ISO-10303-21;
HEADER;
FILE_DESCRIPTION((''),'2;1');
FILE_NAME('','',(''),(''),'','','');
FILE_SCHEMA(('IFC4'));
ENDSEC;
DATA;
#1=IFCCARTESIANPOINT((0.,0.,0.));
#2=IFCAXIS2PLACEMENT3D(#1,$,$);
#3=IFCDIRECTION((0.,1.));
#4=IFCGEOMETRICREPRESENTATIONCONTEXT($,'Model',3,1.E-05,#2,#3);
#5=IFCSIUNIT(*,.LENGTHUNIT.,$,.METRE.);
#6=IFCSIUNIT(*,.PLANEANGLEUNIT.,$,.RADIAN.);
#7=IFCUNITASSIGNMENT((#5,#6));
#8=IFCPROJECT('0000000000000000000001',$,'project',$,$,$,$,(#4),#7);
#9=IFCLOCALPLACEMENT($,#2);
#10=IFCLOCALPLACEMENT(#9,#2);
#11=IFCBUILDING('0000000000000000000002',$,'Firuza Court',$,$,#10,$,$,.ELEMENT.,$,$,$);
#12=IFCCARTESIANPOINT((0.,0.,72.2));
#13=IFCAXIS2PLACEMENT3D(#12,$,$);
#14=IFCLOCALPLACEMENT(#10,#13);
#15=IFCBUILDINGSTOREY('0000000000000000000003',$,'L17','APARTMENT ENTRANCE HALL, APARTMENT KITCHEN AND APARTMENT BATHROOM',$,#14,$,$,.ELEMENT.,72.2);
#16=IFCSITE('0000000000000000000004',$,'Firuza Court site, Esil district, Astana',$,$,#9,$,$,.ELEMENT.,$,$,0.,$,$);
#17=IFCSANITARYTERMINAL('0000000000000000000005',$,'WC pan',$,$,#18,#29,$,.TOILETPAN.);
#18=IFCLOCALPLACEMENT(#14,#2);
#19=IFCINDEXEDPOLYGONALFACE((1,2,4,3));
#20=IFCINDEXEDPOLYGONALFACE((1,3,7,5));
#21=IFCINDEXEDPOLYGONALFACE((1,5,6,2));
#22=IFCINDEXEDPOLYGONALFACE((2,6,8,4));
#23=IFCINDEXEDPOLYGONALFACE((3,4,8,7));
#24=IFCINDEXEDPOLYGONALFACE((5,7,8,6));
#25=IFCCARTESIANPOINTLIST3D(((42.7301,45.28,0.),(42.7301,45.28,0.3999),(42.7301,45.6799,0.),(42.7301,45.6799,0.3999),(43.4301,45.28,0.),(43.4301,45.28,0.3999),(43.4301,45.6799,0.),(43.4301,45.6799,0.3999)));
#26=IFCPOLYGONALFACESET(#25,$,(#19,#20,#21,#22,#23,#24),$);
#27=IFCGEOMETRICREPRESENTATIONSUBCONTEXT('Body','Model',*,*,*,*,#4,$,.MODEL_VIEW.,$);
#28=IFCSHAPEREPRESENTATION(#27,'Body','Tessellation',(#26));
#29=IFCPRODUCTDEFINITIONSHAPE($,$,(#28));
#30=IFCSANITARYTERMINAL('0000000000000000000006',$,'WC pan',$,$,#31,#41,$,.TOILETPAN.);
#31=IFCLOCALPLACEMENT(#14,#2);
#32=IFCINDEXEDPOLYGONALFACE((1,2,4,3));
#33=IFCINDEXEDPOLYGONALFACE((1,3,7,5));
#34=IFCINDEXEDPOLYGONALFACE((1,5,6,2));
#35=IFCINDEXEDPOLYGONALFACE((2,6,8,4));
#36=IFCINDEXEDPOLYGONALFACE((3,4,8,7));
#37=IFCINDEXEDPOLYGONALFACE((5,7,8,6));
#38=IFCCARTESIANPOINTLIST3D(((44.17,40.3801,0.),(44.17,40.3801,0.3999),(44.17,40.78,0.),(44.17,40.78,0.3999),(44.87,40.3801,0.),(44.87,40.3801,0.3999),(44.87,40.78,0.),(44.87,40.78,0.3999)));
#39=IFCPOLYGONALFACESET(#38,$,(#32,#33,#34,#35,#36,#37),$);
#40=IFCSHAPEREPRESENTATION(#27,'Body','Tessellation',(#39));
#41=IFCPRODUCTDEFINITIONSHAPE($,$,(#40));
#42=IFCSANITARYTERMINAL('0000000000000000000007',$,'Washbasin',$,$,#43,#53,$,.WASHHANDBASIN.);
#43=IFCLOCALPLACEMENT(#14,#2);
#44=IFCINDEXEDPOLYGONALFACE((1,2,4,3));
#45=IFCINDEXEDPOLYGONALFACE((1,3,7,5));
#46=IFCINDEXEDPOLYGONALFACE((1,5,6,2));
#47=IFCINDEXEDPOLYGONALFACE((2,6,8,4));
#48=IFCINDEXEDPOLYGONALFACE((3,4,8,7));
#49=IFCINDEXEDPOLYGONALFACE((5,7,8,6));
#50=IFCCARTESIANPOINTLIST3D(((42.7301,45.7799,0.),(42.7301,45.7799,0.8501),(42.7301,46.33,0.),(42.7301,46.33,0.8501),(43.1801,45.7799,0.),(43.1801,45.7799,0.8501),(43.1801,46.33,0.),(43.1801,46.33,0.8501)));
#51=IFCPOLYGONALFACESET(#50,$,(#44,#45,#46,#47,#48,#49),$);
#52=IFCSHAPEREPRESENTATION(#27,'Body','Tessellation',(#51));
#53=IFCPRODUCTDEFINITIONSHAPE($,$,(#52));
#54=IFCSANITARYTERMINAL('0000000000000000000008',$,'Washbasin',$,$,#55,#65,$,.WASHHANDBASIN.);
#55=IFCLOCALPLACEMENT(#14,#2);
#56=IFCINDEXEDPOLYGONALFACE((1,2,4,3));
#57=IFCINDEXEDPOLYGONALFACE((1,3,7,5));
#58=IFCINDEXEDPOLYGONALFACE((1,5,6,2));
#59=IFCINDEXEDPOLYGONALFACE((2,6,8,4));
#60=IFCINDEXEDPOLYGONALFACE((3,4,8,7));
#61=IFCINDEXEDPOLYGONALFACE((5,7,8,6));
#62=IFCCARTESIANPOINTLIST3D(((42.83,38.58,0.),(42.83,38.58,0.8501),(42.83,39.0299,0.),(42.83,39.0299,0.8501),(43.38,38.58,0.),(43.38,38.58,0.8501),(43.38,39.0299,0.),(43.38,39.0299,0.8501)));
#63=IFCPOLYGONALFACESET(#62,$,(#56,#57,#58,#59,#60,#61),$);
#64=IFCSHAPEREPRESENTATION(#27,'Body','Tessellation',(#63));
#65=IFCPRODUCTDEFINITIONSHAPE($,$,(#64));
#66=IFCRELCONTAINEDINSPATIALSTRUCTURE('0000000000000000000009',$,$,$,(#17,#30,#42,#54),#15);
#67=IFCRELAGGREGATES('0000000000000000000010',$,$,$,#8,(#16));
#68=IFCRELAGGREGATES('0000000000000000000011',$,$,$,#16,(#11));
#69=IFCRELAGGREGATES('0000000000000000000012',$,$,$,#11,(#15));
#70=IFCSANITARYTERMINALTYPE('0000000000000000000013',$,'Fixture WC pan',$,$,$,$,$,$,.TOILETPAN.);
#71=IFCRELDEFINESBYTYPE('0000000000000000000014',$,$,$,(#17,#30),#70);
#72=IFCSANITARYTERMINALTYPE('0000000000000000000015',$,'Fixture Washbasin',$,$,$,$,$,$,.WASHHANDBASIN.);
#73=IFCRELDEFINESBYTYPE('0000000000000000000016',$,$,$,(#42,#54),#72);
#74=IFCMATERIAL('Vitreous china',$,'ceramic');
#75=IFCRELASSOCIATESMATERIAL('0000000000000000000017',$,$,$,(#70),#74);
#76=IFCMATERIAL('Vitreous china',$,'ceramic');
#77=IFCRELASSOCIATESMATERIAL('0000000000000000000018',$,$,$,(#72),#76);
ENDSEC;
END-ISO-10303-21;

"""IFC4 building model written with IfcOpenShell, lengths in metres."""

from ifc_helpers import new_model, si_unit, direction, frame, origin, origin_2d, place, context, subcontext, project, spatial, rectangle, extrude, material, type_object, element, save


model = new_model("IFC4")

# Units and contexts
model_context = context("Model", 3, precision=1e-05, world=origin(), true_north=direction((0.0, 1.0)))
body_context = subcontext(model_context, "Body", "Model", "MODEL_VIEW")
ifc_project = project(units=[si_unit("LENGTHUNIT", "METRE"), si_unit("PLANEANGLEUNIT", "RADIAN")], contexts=[model_context])

# Site, building, storey
site_placement = place(None, origin())
site = spatial("IfcSite", under=ifc_project, at=site_placement, Name="Firuza Court site, Esil district, Astana", CompositionType="ELEMENT", RefElevation=0.0)
building_placement = place(site_placement, origin())
building = spatial("IfcBuilding", under=site, at=building_placement, Name="Firuza Court", CompositionType="ELEMENT")
storey_placement = place(building_placement, frame((0.0, 0.0, 72.2)))
storey = spatial("IfcBuildingStorey", under=building, at=storey_placement, Name="L17", Description="APARTMENT ENTRANCE HALL, APARTMENT KITCHEN AND APARTMENT BATHROOM", CompositionType="ELEMENT", Elevation=72.2)

# Sanitary terminals
ifc_material_1 = material(Name="Vitreous china", Category="ceramic")
sanitary_terminal_type_1 = type_object("IfcSanitaryTerminalType", Name="Fixture WC pan", PredefinedType="TOILETPAN", material=ifc_material_1)
for number, where, z_axis, x_axis, name in (
    (1, (43.0801, 45.48, 0.0), (0.0, 0.0, 1.0), (1.0, 0.0, 0.0), "WC pan"),
    (2, (44.52, 40.5801, 0.0), (0.0, 0.0, 1.0), (1.0, 0.0, 0.0), "WC pan"),
):
    element("IfcSanitaryTerminal", number, at=place(storey_placement, frame(where, z_axis=z_axis, x_axis=x_axis)), inside=storey, type_object=sanitary_terminal_type_1, Name=name, PredefinedType="TOILETPAN", context=body_context, shape_type="SweptSolid", body=[
        extrude(rectangle(XDim=0.7, YDim=0.3999, at=origin_2d()), origin(), (0.0, 0.0, 1.0), 0.3999),
    ])
ifc_material_2 = material(Name="Vitreous china", Category="ceramic")
sanitary_terminal_type_2 = type_object("IfcSanitaryTerminalType", Name="Fixture Washbasin", PredefinedType="WASHHANDBASIN", material=ifc_material_2)
sanitary_terminal_1_placement = place(storey_placement, frame((42.9551, 46.0549, 0.0), z_axis=(0.0, 0.0, 1.0), x_axis=(1.0, 0.0, 0.0)))
element("IfcSanitaryTerminal", 3, at=sanitary_terminal_1_placement, inside=storey, type_object=sanitary_terminal_type_2, Name="Washbasin", PredefinedType="WASHHANDBASIN", context=body_context, shape_type="SweptSolid", body=[
    extrude(rectangle(XDim=0.45, YDim=0.55, at=origin_2d()), origin(), (0.0, 0.0, 1.0), 0.8501),
])
sanitary_terminal_2_placement = place(storey_placement, frame((43.105, 38.8049, 0.0), z_axis=(0.0, 0.0, 1.0), x_axis=(1.0, 0.0, 0.0)))
element("IfcSanitaryTerminal", 4, at=sanitary_terminal_2_placement, inside=storey, type_object=sanitary_terminal_type_2, Name="Washbasin", PredefinedType="WASHHANDBASIN", context=body_context, shape_type="SweptSolid", body=[
    extrude(rectangle(XDim=0.55, YDim=0.45, at=origin_2d()), origin(), (0.0, 0.0, 1.0), 0.8501),
])

save(model, "model.ifc")
